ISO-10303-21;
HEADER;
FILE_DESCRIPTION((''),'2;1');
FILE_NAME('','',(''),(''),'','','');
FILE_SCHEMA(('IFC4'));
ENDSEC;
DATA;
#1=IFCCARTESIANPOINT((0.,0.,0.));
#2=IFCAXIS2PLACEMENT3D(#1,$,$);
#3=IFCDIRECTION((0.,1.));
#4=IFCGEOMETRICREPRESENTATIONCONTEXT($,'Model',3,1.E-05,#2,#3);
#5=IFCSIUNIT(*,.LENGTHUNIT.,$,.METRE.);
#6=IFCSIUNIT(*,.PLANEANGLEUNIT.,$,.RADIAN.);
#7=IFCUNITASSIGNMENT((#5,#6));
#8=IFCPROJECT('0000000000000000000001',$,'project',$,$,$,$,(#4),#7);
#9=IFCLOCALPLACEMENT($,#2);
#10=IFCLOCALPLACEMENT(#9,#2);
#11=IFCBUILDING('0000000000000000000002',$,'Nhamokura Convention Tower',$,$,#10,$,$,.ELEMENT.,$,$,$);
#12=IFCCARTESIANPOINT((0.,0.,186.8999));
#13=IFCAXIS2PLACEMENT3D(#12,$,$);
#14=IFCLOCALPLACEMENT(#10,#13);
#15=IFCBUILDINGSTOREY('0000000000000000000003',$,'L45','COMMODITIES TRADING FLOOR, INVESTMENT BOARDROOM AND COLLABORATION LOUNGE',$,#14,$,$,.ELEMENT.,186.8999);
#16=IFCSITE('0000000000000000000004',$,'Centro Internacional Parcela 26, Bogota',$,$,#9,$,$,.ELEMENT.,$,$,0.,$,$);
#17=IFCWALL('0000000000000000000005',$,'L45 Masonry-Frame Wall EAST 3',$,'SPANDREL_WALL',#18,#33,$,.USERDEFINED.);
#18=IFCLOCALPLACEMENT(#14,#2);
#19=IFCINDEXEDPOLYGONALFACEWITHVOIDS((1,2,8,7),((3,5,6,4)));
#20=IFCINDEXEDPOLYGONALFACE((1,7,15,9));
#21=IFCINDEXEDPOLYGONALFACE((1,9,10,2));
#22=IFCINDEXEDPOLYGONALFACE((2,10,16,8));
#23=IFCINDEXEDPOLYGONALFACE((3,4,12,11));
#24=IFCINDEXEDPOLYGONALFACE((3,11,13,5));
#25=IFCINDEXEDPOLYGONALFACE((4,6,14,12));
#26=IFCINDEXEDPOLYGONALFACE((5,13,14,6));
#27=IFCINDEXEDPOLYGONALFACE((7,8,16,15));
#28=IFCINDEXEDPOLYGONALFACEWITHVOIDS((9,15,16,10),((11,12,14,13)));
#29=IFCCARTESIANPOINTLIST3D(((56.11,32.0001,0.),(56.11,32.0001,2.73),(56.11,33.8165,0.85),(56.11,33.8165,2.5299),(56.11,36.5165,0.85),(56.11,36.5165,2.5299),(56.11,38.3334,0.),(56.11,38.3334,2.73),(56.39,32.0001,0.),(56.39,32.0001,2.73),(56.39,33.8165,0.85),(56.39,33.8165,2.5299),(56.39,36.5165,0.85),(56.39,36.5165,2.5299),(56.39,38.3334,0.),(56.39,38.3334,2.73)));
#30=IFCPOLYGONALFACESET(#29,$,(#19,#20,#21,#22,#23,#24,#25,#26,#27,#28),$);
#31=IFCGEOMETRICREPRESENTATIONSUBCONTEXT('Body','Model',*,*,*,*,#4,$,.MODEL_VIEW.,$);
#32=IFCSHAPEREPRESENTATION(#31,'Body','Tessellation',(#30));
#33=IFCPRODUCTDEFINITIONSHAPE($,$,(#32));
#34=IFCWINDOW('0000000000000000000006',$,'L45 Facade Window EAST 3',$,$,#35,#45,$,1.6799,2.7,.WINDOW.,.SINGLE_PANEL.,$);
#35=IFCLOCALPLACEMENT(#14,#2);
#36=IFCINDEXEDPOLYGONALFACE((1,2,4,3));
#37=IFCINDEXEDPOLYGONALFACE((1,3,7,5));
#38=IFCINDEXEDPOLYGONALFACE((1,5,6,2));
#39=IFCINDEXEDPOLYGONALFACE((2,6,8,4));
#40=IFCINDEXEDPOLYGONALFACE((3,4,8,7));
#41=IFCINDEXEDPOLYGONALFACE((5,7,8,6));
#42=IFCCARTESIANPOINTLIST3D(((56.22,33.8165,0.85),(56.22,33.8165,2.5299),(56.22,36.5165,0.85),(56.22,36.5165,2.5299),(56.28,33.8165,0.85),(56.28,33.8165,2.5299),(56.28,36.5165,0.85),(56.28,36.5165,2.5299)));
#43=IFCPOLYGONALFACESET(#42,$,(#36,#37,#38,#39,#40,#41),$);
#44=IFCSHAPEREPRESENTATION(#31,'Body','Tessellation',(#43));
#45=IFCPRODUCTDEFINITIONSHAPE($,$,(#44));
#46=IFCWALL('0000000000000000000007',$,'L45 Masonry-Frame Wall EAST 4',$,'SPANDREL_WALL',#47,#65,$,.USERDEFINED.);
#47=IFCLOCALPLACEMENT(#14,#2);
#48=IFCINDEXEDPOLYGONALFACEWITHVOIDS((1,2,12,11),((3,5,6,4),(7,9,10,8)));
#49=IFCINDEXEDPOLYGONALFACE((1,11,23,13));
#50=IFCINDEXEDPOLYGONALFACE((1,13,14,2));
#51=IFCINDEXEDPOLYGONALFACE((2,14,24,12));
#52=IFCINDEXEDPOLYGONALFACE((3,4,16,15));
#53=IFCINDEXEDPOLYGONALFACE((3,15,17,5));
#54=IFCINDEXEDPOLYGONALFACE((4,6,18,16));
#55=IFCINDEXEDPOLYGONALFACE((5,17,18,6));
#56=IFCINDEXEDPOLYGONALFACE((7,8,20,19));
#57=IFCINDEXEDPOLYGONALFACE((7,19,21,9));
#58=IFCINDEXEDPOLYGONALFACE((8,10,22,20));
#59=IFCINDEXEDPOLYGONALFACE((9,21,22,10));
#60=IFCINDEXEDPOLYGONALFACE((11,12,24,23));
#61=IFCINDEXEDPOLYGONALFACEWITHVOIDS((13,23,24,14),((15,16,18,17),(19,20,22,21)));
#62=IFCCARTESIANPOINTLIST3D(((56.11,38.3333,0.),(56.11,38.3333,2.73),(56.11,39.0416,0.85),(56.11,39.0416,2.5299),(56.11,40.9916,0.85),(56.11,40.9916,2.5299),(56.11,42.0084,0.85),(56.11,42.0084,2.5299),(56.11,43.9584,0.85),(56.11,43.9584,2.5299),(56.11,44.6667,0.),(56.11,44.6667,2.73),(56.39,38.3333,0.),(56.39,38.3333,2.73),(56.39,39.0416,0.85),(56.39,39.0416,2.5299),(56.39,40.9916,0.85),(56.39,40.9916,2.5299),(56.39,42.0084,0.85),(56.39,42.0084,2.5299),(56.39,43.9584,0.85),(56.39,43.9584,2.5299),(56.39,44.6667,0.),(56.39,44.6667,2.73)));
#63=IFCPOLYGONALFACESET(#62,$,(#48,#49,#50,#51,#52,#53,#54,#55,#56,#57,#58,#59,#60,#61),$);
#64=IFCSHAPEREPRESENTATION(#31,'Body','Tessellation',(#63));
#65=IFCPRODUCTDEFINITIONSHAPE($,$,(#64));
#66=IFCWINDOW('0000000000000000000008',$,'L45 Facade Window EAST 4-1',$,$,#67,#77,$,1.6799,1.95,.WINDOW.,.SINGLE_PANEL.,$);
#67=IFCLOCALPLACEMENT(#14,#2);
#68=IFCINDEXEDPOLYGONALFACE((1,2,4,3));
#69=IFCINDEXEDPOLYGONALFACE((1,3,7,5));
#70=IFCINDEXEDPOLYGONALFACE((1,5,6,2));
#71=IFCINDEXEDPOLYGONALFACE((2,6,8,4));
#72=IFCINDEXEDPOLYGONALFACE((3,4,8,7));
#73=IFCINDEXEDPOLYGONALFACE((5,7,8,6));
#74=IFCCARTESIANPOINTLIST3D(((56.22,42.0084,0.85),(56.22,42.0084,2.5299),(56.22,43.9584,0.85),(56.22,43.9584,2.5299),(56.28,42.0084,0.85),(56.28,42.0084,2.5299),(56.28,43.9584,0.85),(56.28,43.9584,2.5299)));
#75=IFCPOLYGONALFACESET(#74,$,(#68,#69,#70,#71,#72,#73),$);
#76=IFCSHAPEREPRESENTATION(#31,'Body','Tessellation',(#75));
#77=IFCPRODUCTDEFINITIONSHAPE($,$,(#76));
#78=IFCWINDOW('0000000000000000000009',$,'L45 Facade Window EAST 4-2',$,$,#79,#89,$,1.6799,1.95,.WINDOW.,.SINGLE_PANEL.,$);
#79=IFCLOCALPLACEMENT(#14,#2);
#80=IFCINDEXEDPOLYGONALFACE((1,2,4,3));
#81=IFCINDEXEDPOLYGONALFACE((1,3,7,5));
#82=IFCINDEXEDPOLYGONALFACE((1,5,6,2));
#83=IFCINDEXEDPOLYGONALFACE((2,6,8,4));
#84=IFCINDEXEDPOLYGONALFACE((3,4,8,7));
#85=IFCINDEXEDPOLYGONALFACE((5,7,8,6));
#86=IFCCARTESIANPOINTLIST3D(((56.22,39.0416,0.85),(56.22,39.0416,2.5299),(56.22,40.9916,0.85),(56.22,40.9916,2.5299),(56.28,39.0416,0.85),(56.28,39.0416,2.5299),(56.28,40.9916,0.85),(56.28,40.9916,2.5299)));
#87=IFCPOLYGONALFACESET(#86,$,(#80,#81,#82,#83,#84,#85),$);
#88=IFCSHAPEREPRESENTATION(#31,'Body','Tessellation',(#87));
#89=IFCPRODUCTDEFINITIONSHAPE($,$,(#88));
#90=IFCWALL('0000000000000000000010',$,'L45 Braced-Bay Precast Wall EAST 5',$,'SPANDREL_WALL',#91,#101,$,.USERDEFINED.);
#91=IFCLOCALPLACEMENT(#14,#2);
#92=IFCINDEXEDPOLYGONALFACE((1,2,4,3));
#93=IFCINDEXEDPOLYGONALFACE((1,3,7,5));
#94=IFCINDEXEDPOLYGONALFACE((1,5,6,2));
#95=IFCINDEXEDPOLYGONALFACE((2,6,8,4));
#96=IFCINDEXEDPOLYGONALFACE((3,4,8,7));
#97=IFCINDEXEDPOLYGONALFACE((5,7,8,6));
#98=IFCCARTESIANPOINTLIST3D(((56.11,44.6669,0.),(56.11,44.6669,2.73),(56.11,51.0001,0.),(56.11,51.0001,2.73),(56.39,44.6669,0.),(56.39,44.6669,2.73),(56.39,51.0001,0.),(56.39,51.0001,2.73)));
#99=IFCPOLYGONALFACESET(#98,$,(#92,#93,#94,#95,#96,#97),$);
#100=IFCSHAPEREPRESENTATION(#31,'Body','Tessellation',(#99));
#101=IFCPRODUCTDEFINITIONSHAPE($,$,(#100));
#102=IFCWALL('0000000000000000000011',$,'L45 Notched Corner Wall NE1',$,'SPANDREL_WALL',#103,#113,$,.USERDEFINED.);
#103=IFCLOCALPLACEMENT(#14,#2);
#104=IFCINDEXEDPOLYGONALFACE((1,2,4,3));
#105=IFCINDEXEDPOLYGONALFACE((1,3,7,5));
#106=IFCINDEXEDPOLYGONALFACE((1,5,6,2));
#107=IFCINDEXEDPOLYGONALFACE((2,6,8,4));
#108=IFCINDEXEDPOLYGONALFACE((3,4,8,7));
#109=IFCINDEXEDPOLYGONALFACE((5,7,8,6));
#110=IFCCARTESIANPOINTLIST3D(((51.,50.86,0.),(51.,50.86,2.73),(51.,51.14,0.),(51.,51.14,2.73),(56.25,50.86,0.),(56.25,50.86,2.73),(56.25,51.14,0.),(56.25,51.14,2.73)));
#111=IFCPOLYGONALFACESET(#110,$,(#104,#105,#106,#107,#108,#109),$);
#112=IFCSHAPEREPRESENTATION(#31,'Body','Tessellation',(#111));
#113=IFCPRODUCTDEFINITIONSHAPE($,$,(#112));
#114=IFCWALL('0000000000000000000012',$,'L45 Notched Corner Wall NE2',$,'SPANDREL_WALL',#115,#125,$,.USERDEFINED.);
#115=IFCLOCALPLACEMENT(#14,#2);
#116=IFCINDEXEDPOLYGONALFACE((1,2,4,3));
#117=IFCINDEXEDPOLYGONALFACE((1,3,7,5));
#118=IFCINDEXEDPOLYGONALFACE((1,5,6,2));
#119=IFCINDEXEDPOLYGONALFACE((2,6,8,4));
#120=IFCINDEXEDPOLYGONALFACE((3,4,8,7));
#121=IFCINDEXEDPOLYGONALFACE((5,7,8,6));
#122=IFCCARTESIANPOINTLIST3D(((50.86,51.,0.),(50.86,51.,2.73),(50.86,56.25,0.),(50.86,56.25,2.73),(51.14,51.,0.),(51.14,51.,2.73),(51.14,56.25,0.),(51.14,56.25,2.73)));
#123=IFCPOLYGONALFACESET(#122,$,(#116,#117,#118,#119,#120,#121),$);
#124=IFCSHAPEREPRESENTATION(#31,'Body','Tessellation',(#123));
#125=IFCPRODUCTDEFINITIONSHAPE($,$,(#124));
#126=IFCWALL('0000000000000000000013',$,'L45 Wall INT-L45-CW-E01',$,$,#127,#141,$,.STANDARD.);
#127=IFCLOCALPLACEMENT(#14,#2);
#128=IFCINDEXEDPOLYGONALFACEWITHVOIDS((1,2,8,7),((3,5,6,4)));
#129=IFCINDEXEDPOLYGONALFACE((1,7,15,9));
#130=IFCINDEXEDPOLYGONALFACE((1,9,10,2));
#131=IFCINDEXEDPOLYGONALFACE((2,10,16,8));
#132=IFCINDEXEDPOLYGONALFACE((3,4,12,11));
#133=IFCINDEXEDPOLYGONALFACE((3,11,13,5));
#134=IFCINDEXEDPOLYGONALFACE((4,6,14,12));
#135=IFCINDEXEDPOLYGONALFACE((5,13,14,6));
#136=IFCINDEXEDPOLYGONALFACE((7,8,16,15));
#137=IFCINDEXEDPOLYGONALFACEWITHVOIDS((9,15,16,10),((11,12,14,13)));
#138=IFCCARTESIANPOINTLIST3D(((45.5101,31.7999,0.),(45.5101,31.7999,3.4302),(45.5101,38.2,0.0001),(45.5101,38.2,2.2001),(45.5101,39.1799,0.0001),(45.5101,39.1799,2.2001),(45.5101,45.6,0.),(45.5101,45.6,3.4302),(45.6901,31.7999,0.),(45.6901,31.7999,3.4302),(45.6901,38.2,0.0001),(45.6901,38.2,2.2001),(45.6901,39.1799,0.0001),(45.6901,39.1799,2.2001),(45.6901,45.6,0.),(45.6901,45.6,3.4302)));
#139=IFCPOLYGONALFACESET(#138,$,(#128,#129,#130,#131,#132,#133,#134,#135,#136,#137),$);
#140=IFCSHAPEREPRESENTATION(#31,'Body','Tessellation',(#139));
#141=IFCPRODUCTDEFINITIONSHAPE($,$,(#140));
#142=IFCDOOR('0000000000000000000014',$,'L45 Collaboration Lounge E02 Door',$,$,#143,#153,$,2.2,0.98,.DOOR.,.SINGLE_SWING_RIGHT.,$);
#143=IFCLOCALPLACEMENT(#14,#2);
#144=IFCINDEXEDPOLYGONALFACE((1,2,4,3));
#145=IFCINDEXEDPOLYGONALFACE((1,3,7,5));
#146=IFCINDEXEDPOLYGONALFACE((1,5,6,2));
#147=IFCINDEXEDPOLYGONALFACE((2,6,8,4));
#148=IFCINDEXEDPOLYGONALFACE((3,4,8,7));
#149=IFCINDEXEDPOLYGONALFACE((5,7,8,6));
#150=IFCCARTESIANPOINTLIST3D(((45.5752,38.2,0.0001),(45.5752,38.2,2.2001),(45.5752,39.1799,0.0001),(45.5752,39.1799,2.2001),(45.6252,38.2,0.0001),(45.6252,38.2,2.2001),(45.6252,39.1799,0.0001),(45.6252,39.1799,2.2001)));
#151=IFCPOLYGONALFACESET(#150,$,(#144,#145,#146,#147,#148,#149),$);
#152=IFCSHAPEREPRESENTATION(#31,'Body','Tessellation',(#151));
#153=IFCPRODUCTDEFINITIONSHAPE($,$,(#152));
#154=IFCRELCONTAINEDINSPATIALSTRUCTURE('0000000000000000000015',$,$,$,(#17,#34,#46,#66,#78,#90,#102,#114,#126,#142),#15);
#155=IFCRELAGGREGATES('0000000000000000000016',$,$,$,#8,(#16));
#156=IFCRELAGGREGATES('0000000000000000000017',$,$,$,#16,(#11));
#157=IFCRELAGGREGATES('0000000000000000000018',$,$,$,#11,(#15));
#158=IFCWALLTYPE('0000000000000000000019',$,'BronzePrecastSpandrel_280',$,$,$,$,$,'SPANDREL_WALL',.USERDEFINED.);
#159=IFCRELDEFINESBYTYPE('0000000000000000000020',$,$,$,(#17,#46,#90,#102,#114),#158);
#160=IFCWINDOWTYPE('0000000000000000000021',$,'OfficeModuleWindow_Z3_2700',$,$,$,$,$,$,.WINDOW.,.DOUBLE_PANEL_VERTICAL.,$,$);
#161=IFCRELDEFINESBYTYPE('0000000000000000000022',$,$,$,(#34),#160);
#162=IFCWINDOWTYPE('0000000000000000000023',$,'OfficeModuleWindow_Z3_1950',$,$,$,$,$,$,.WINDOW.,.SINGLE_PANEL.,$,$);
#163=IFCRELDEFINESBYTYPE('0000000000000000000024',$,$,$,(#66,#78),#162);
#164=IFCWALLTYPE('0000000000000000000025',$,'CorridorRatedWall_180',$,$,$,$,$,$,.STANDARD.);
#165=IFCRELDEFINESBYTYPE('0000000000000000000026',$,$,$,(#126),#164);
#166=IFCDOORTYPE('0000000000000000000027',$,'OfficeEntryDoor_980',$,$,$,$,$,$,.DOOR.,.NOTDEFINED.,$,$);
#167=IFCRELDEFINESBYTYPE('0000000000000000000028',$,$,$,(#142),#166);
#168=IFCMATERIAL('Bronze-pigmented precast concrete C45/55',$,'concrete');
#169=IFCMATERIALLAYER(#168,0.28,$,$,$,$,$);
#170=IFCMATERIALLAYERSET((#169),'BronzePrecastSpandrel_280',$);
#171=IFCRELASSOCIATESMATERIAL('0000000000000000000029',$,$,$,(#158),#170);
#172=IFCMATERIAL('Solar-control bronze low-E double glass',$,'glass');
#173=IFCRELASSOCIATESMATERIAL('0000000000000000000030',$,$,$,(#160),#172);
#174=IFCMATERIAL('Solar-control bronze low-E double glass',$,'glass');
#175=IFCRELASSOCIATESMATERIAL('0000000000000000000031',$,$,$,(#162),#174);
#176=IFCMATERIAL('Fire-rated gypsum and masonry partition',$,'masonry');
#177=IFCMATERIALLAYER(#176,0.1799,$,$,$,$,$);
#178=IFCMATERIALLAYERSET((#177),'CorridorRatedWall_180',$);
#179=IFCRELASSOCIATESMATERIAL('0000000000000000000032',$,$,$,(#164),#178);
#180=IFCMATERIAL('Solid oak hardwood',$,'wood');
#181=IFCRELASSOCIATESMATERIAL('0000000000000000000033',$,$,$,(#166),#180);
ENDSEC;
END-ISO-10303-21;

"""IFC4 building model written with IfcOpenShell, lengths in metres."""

from ifc_helpers import new_model, si_unit, direction, frame, frame_2d, origin, place, context, subcontext, project, spatial, rectangle, extrude, material, layer, layer_set, type_object, element, fill, save


model = new_model("IFC4")

# Units and contexts
model_context = context("Model", 3, precision=1e-05, world=origin(), true_north=direction((0.0, 1.0)))
body_context = subcontext(model_context, "Body", "Model", "MODEL_VIEW")
ifc_project = project(units=[si_unit("LENGTHUNIT", "METRE"), si_unit("PLANEANGLEUNIT", "RADIAN")], contexts=[model_context])

# Site, building, storey
site_placement = place(None, origin())
site = spatial("IfcSite", under=ifc_project, at=site_placement, Name="Centro Internacional Parcela 26, Bogota", CompositionType="ELEMENT", RefElevation=0.0)
building_placement = place(site_placement, origin())
building = spatial("IfcBuilding", under=site, at=building_placement, Name="Nhamokura Convention Tower", CompositionType="ELEMENT")
storey_placement = place(building_placement, frame((0.0, 0.0, 186.8999)))
storey = spatial("IfcBuildingStorey", under=building, at=storey_placement, Name="L45", Description="COMMODITIES TRADING FLOOR, INVESTMENT BOARDROOM AND COLLABORATION LOUNGE", CompositionType="ELEMENT", Elevation=186.8999)

# Shared definitions
ifc_material_1 = material(Name="Bronze-pigmented precast concrete C45/55", Category="concrete")
ifc_layer_1 = layer(ifc_material_1, 0.28)
ifc_layer_set_1 = layer_set([ifc_layer_1], Name="BronzePrecastSpandrel_280")
wall_type_1 = type_object("IfcWallType", Name="BronzePrecastSpandrel_280", ElementType="SPANDREL_WALL", PredefinedType="USERDEFINED", material=ifc_layer_set_1)

# Wall, opening, window
ifc_material_2 = material(Name="Solar-control bronze low-E double glass", Category="glass")
window_type_1 = type_object("IfcWindowType", Name="OfficeModuleWindow_Z3_2700", PartitioningType="DOUBLE_PANEL_VERTICAL", PredefinedType="WINDOW", material=ifc_material_2)
wall_1_placement = place(storey_placement, frame((56.25, 38.3333, 0.0), z_axis=(0.0, 0.0, 1.0), x_axis=(0.0, -1.0, 0.0)))
wall_1 = element("IfcWall", 1, at=wall_1_placement, inside=storey, type_object=wall_type_1, Name="L45 Masonry-Frame Wall EAST 3", ObjectType="SPANDREL_WALL", PredefinedType="USERDEFINED", context=body_context, shape_type="SweptSolid", body=[
    extrude(rectangle(XDim=6.3333, YDim=0.28, at=frame_2d((3.1665, 0.0))), origin(), (0.0, 0.0, 1.0), 2.73),
])
opening_1_placement = place(wall_1_placement, frame((1.8167, 0.0, 0.8501)))
opening_1 = element("IfcOpeningElement", 2, at=opening_1_placement, cuts=wall_1, PredefinedType="OPENING", context=body_context, shape_type="SweptSolid", body=[
    extrude(rectangle(XDim=2.7, YDim=1.6799, at=frame_2d((1.3501, 0.8398))), frame((0.0, 0.1499, 0.0), z_axis=(0.0, -1.0, 0.0), x_axis=(1.0, 0.0, 0.0)), (0.0, 0.0, 1.0), 0.3),
])
window_1_placement = place(opening_1_placement, origin())
window_1 = element("IfcWindow", 3, at=window_1_placement, inside=storey, type_object=window_type_1, Name="L45 Facade Window EAST 3", OverallHeight=1.6799, OverallWidth=2.7, PartitioningType="SINGLE_PANEL", PredefinedType="WINDOW", context=body_context, shape_type="SweptSolid", body=[
    extrude(rectangle(XDim=2.7, YDim=1.6799, at=frame_2d((1.3501, 0.8398))), frame((0.0, 0.03, 0.0), z_axis=(0.0, -1.0, 0.0), x_axis=(1.0, 0.0, 0.0)), (0.0, 0.0, 1.0), 0.0601),
])
fill(opening_1, window_1)

# Wall, openings, windows
wall_2_placement = place(storey_placement, frame((56.25, 44.6667, 0.0), z_axis=(0.0, 0.0, 1.0), x_axis=(0.0, -1.0, 0.0)))
wall_2 = element("IfcWall", 4, at=wall_2_placement, inside=storey, type_object=wall_type_1, Name="L45 Masonry-Frame Wall EAST 4", ObjectType="SPANDREL_WALL", PredefinedType="USERDEFINED", context=body_context, shape_type="SweptSolid", body=[
    extrude(rectangle(XDim=6.3335, YDim=0.28, at=frame_2d((3.1667, 0.0))), origin(), (0.0, 0.0, 1.0), 2.73),
])
opening_2_placement = place(wall_2_placement, frame((0.7083, 0.0, 0.8501)))
opening_2 = element("IfcOpeningElement", 5, at=opening_2_placement, cuts=wall_2, PredefinedType="OPENING", context=body_context, shape_type="SweptSolid", body=[
    extrude(rectangle(XDim=1.95, YDim=1.6799, at=frame_2d((0.9751, 0.8398))), frame((0.0, 0.1499, 0.0), z_axis=(0.0, -1.0, 0.0), x_axis=(1.0, 0.0, 0.0)), (0.0, 0.0, 1.0), 0.3),
])
opening_3_placement = place(wall_2_placement, frame((3.675, 0.0, 0.8501)))
opening_3 = element("IfcOpeningElement", 6, at=opening_3_placement, cuts=wall_2, PredefinedType="OPENING", context=body_context, shape_type="SweptSolid", body=[
    extrude(rectangle(XDim=1.95, YDim=1.6799, at=frame_2d((0.9751, 0.8398))), frame((0.0, 0.1499, 0.0), z_axis=(0.0, -1.0, 0.0), x_axis=(1.0, 0.0, 0.0)), (0.0, 0.0, 1.0), 0.3),
])
ifc_material_3 = material(Name="Solar-control bronze low-E double glass", Category="glass")
window_type_2 = type_object("IfcWindowType", Name="OfficeModuleWindow_Z3_1950", PartitioningType="SINGLE_PANEL", PredefinedType="WINDOW", material=ifc_material_3)
window_2_placement = place(opening_2_placement, origin())
window_2 = element("IfcWindow", 7, at=window_2_placement, inside=storey, type_object=window_type_2, Name="L45 Facade Window EAST 4-1", OverallHeight=1.6799, OverallWidth=1.95, PartitioningType="SINGLE_PANEL", PredefinedType="WINDOW", context=body_context, shape_type="SweptSolid", body=[
    extrude(rectangle(XDim=1.95, YDim=1.6799, at=frame_2d((0.9751, 0.8398))), frame((0.0, 0.03, 0.0), z_axis=(0.0, -1.0, 0.0), x_axis=(1.0, 0.0, 0.0)), (0.0, 0.0, 1.0), 0.0601),
])
fill(opening_2, window_2)
window_3_placement = place(opening_3_placement, origin())
window_3 = element("IfcWindow", 8, at=window_3_placement, inside=storey, type_object=window_type_2, Name="L45 Facade Window EAST 4-2", OverallHeight=1.6799, OverallWidth=1.95, PartitioningType="SINGLE_PANEL", PredefinedType="WINDOW", context=body_context, shape_type="SweptSolid", body=[
    extrude(rectangle(XDim=1.95, YDim=1.6799, at=frame_2d((0.9751, 0.8398))), frame((0.0, 0.03, 0.0), z_axis=(0.0, -1.0, 0.0), x_axis=(1.0, 0.0, 0.0)), (0.0, 0.0, 1.0), 0.0601),
])
fill(opening_3, window_3)

# Walls
wall_3_placement = place(storey_placement, frame((56.25, 51.0, 0.0), z_axis=(0.0, 0.0, 1.0), x_axis=(0.0, -1.0, 0.0)))
element("IfcWall", 9, at=wall_3_placement, inside=storey, type_object=wall_type_1, Name="L45 Braced-Bay Precast Wall EAST 5", ObjectType="SPANDREL_WALL", PredefinedType="USERDEFINED", context=body_context, shape_type="SweptSolid", body=[
    extrude(rectangle(XDim=6.3333, YDim=0.28, at=frame_2d((3.1665, 0.0))), origin(), (0.0, 0.0, 1.0), 2.73),
])
for number, where, z_axis, x_axis, name in (
    (10, (51.0, 51.0, 0.0), (0.0, 0.0, 1.0), (1.0, 0.0, 0.0), "L45 Notched Corner Wall NE1"),
    (11, (51.0, 56.25, 0.0), (0.0, 0.0, 1.0), (0.0, -1.0, 0.0), "L45 Notched Corner Wall NE2"),
):
    element("IfcWall", number, at=place(storey_placement, frame(where, z_axis=z_axis, x_axis=x_axis)), inside=storey, type_object=wall_type_1, Name=name, ObjectType="SPANDREL_WALL", PredefinedType="USERDEFINED", context=body_context, shape_type="SweptSolid", body=[
        extrude(rectangle(XDim=5.25, YDim=0.28, at=frame_2d((2.625, 0.0))), origin(), (0.0, 0.0, 1.0), 2.73),
    ])

# Wall, opening, door
ifc_material_4 = material(Name="Fire-rated gypsum and masonry partition", Category="masonry")
ifc_layer_2 = layer(ifc_material_4, 0.1799)
ifc_layer_set_2 = layer_set([ifc_layer_2], Name="CorridorRatedWall_180")
wall_type_2 = type_object("IfcWallType", Name="CorridorRatedWall_180", PredefinedType="STANDARD", material=ifc_layer_set_2)
wall_4_placement = place(storey_placement, frame((45.6001, 31.8, 0.0), z_axis=(0.0, 0.0, 1.0), x_axis=(0.0, 1.0, 0.0)))
wall_4 = element("IfcWall", 12, at=wall_4_placement, inside=storey, type_object=wall_type_2, Name="L45 Wall INT-L45-CW-E01", PredefinedType="STANDARD", context=body_context, shape_type="SweptSolid", body=[
    extrude(rectangle(XDim=13.8, YDim=0.1799, at=frame_2d((6.8999, 0.0))), origin(), (0.0, 0.0, 1.0), 3.4302),
])
opening_4_placement = place(wall_4_placement, frame((6.3999, 0.0, 0.0)))
opening_4 = element("IfcOpeningElement", 13, at=opening_4_placement, cuts=wall_4, PredefinedType="OPENING", context=body_context, shape_type="SweptSolid", body=[
    extrude(rectangle(XDim=0.98, YDim=2.2, at=frame_2d((0.49, 1.1001))), frame((0.0, 0.0999, 0.0), z_axis=(0.0, -1.0, 0.0), x_axis=(1.0, 0.0, 0.0)), (0.0, 0.0, 1.0), 0.2),
])
ifc_material_5 = material(Name="Solid oak hardwood", Category="wood")
door_type = type_object("IfcDoorType", Name="OfficeEntryDoor_980", OperationType="NOTDEFINED", PredefinedType="DOOR", material=ifc_material_5)
door_placement = place(opening_4_placement, origin())
door = element("IfcDoor", 14, at=door_placement, inside=storey, type_object=door_type, Name="L45 Collaboration Lounge E02 Door", OperationType="SINGLE_SWING_RIGHT", OverallHeight=2.2, OverallWidth=0.98, PredefinedType="DOOR", context=body_context, shape_type="SweptSolid", body=[
    extrude(rectangle(XDim=0.98, YDim=2.2, at=frame_2d((0.49, 1.1001))), frame((0.0, 0.0249, 0.0), z_axis=(0.0, -1.0, 0.0), x_axis=(1.0, 0.0, 0.0)), (0.0, 0.0, 1.0), 0.05),
])
fill(opening_4, door)

save(model, "model.ifc")
